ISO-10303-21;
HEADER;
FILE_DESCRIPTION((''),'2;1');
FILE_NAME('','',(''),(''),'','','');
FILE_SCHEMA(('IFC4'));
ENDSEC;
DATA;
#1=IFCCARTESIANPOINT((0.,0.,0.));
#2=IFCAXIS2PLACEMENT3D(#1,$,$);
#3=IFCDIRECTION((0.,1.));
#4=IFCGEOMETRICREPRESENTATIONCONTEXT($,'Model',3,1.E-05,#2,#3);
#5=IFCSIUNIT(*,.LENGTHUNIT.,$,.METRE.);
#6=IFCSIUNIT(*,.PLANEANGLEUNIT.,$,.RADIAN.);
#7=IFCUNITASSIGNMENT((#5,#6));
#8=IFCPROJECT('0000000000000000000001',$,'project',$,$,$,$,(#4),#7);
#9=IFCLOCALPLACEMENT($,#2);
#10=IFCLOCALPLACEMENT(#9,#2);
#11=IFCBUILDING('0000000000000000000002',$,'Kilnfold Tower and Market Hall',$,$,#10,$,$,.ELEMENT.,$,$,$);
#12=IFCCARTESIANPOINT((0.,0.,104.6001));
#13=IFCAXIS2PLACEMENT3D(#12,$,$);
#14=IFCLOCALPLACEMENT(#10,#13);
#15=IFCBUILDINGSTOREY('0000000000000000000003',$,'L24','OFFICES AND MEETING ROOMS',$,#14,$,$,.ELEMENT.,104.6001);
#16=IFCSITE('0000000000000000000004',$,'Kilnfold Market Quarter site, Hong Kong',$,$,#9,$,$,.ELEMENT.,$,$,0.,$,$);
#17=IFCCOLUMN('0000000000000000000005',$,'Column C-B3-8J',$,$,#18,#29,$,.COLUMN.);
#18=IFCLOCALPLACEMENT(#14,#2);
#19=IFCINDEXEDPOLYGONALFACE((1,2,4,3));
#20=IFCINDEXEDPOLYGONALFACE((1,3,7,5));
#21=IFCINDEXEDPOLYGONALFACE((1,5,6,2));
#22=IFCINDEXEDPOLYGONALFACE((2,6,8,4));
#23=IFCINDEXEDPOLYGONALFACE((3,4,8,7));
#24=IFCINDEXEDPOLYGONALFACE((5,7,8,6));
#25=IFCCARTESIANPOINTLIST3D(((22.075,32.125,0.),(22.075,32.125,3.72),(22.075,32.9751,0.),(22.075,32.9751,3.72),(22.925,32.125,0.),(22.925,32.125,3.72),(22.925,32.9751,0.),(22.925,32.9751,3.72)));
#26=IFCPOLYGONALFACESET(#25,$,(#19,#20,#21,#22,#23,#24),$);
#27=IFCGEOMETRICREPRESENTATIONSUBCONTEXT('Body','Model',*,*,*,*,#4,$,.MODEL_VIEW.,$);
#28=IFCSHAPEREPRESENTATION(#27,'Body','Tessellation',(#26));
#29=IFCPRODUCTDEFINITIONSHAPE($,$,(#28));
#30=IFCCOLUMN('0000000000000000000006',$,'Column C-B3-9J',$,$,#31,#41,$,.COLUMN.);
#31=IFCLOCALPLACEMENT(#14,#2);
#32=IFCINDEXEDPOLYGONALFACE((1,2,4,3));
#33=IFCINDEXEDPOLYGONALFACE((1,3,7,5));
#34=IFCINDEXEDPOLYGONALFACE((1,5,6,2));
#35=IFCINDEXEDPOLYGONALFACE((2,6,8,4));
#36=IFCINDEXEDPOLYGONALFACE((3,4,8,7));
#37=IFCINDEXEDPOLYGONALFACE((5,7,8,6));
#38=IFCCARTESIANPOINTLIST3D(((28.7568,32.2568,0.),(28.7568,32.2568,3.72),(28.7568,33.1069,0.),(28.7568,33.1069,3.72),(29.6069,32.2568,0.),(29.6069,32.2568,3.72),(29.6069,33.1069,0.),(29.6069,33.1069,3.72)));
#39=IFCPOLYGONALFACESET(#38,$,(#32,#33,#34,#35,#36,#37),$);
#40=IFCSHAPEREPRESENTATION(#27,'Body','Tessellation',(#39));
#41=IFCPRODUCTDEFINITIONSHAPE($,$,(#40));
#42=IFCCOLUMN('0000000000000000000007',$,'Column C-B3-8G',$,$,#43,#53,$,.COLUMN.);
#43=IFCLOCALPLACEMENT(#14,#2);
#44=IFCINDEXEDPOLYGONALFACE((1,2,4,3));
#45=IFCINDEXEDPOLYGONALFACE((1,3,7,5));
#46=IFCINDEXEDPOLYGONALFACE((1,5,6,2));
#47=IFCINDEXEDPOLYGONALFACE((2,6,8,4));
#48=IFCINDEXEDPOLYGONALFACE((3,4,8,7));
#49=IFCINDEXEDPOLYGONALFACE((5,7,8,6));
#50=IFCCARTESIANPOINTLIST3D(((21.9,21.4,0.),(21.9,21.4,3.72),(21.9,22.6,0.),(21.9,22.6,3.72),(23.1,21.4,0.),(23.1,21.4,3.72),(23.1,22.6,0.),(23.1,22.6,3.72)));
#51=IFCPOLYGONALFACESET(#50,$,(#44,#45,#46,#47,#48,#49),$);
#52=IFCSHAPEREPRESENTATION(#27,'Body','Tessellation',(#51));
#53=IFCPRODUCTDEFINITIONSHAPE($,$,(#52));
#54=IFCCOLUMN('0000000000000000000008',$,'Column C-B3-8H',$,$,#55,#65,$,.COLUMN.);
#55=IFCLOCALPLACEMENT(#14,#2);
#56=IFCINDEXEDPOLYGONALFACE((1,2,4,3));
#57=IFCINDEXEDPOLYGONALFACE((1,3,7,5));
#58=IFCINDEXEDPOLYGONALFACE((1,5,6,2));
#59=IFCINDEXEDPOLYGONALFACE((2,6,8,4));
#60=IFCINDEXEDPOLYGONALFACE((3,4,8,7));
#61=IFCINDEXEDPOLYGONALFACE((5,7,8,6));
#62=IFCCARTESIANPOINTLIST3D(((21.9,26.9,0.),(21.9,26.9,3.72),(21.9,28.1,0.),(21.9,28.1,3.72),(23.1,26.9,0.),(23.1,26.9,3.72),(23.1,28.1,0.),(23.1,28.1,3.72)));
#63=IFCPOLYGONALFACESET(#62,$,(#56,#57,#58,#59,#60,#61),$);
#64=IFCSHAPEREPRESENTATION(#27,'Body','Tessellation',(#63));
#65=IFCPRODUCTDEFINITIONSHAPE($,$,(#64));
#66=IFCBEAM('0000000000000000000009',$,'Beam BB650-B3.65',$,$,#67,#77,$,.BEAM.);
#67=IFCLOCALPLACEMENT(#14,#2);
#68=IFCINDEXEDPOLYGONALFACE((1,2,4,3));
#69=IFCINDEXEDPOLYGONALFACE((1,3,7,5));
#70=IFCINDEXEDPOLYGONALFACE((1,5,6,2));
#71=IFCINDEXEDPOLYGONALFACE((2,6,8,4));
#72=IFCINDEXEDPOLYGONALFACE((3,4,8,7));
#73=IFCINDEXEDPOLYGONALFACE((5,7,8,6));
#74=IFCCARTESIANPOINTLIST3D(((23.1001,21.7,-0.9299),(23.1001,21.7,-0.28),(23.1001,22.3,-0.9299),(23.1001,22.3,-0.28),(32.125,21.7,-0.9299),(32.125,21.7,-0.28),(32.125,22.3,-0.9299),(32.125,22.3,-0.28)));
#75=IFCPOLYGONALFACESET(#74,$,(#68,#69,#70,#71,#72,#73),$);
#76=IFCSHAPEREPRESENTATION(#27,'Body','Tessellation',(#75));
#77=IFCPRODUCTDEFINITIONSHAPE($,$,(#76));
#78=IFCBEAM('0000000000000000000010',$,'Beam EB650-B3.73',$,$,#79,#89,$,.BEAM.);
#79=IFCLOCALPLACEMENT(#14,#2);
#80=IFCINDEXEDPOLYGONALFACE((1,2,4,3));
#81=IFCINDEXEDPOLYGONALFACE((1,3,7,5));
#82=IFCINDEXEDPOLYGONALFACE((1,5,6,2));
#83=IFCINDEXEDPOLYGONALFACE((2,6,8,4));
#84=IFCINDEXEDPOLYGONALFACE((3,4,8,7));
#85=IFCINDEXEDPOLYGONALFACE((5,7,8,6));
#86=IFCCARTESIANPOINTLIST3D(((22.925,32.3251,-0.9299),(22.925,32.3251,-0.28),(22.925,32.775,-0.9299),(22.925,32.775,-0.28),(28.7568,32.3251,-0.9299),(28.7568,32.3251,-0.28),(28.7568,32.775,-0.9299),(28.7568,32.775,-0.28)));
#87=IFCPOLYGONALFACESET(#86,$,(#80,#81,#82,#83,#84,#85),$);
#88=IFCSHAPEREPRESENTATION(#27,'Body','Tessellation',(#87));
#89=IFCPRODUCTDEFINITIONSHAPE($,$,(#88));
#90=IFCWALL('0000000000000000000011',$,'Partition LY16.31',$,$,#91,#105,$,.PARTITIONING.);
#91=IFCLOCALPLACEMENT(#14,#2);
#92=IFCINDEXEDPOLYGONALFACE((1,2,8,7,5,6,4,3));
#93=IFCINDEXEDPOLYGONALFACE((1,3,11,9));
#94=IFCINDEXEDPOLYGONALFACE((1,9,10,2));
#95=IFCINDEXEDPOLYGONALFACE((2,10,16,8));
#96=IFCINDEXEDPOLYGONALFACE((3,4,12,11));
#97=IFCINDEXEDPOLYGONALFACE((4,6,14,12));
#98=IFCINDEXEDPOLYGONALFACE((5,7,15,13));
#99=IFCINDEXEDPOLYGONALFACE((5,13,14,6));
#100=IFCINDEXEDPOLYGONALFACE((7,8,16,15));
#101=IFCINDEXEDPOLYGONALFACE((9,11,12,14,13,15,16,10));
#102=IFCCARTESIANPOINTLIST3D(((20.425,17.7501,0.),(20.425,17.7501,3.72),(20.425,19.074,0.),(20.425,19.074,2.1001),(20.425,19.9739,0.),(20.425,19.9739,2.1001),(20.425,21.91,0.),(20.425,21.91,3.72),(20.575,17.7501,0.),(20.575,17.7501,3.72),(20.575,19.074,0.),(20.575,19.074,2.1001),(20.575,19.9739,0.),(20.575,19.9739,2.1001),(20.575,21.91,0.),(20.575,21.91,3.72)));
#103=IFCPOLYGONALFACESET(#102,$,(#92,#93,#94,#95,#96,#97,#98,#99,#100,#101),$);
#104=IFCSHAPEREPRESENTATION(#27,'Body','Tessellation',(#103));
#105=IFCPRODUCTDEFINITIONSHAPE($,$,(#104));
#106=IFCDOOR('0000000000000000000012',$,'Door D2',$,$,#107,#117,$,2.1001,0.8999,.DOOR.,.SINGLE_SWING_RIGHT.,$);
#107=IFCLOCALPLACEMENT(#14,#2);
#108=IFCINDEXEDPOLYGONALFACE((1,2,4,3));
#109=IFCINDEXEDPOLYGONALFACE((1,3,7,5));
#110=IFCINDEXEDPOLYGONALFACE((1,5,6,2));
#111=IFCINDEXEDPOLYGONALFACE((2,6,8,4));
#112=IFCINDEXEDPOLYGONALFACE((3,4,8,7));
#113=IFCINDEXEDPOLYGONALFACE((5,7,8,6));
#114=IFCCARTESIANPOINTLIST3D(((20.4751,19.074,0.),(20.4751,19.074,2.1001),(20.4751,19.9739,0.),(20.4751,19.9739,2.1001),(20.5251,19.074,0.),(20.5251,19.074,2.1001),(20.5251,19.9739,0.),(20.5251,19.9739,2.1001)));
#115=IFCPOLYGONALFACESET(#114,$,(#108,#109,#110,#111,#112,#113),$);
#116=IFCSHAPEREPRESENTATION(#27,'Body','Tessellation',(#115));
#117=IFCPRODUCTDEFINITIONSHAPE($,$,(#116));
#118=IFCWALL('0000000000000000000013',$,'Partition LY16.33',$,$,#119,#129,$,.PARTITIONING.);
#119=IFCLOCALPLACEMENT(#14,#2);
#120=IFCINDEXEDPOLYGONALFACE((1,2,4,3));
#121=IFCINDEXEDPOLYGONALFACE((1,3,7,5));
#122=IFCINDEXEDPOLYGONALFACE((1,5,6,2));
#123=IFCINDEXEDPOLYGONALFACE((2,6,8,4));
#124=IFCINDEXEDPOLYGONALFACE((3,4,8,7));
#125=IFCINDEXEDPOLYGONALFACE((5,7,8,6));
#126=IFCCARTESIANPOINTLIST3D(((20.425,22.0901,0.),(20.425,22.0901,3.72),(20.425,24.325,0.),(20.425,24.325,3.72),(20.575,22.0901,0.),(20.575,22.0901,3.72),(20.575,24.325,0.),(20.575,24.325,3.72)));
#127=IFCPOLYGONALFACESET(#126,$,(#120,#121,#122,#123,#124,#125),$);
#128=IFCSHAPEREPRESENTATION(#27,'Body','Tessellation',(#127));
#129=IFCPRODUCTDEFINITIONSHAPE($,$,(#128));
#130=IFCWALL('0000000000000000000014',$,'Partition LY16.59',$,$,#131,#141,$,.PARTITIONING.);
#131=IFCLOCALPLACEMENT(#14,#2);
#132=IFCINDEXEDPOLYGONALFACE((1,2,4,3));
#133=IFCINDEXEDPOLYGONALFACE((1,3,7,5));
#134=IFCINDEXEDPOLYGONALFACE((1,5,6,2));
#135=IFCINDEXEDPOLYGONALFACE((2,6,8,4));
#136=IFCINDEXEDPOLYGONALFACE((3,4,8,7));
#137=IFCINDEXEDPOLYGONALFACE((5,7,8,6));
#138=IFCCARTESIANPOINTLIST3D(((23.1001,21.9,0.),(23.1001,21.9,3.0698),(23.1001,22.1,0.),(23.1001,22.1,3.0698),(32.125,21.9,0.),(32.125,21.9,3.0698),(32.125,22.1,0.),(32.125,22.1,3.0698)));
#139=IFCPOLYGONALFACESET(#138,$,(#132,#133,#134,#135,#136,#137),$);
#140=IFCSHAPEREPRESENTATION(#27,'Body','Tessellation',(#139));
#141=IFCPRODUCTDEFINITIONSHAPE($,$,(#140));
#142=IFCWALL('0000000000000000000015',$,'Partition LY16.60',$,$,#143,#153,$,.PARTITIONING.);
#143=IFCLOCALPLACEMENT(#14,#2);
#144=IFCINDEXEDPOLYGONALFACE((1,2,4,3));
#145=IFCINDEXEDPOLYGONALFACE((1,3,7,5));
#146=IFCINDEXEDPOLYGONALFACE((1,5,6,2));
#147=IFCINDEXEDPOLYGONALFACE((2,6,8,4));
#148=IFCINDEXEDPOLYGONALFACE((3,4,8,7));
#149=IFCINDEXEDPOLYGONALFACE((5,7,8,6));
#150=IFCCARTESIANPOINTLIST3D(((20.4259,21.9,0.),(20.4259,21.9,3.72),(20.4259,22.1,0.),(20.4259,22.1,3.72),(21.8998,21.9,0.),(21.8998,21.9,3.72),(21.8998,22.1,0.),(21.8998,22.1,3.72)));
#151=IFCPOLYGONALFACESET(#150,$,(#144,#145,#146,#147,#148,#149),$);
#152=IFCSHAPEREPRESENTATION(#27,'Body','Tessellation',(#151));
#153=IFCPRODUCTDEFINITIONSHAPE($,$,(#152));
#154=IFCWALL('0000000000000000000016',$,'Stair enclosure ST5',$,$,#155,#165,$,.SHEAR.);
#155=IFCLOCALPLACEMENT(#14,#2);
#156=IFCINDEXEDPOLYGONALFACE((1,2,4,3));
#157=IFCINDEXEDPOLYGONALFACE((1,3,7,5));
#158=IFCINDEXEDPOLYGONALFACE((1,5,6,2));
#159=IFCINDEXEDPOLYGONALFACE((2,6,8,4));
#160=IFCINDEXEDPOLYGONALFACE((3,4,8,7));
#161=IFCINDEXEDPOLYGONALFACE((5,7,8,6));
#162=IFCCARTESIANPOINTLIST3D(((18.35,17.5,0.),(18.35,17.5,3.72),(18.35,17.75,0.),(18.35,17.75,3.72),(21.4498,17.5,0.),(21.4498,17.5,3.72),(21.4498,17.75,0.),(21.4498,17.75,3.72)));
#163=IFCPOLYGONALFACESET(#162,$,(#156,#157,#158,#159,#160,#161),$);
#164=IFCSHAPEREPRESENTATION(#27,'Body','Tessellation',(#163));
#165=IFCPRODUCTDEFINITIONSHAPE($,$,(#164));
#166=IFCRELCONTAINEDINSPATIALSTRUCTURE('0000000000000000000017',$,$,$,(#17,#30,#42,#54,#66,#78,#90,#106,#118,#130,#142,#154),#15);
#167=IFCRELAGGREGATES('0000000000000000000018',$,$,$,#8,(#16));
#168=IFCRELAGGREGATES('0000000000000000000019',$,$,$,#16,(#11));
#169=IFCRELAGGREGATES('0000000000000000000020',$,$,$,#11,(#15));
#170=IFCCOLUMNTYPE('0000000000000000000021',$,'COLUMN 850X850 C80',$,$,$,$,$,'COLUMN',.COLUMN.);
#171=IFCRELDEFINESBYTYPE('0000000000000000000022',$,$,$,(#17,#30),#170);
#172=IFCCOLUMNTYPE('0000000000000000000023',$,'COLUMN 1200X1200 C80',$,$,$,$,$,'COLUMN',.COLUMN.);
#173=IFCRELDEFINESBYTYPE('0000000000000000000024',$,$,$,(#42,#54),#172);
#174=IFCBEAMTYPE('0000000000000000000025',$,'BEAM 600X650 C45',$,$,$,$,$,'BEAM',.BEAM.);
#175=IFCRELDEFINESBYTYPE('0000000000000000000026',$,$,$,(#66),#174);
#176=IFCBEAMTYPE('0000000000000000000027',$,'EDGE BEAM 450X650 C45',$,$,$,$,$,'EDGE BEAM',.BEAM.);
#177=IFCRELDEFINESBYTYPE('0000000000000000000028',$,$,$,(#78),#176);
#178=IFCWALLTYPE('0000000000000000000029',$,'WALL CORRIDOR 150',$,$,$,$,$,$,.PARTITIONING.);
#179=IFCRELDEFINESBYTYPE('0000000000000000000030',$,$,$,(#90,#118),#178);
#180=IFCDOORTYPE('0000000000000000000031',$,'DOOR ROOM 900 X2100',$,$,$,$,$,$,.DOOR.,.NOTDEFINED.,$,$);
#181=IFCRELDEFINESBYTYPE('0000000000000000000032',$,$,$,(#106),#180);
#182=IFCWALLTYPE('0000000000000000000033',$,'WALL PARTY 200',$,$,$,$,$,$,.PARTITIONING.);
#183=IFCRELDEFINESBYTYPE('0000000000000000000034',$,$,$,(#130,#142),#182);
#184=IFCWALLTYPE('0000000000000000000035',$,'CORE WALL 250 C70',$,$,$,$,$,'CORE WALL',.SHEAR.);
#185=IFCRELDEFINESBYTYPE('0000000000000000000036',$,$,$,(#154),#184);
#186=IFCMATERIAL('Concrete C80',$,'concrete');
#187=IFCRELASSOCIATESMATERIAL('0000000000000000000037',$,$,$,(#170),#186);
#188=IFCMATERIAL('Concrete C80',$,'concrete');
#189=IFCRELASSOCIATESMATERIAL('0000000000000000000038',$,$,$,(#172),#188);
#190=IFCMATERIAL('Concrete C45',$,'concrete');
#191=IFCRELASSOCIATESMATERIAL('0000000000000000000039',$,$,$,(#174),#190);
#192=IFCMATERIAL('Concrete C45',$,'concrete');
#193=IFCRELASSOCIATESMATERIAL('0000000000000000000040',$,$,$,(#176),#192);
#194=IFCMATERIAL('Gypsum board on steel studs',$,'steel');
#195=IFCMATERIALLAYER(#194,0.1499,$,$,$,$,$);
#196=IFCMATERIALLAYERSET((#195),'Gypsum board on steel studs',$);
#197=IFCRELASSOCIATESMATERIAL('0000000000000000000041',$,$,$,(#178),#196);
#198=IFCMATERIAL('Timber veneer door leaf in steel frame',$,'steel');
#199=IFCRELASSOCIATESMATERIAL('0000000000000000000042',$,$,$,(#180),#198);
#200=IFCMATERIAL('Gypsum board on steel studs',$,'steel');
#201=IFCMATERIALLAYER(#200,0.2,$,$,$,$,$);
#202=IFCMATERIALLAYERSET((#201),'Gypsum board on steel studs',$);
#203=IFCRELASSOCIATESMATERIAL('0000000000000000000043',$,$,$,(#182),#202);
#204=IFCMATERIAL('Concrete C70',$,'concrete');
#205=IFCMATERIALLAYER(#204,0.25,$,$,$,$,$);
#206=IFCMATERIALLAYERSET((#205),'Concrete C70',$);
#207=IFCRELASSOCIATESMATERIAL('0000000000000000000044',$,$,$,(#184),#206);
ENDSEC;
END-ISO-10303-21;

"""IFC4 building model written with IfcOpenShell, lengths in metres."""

from ifc_helpers import new_model, si_unit, direction, frame, frame_2d, origin, origin_2d, place, context, subcontext, project, spatial, rectangle, extrude, source, transform, mapped, material, layer, layer_set, material_profile, profile_set, type_object, element, fill, save


model = new_model("IFC4")

# Units and contexts
model_context = context("Model", 3, precision=1e-05, world=origin(), true_north=direction((0.0, 1.0)))
body_context = subcontext(model_context, "Body", "Model", "MODEL_VIEW")
ifc_project = project(units=[si_unit("LENGTHUNIT", "METRE"), si_unit("PLANEANGLEUNIT", "RADIAN")], contexts=[model_context])

# Site, building, storey
site_placement = place(None, origin())
site = spatial("IfcSite", under=ifc_project, at=site_placement, Name="Kilnfold Market Quarter site, Hong Kong", CompositionType="ELEMENT", RefElevation=0.0)
building_placement = place(site_placement, origin())
building = spatial("IfcBuilding", under=site, at=building_placement, Name="Kilnfold Tower and Market Hall", CompositionType="ELEMENT")
storey_placement = place(building_placement, frame((0.0, 0.0, 104.6001)))
storey = spatial("IfcBuildingStorey", under=building, at=storey_placement, Name="L24", Description="OFFICES AND MEETING ROOMS", CompositionType="ELEMENT", Elevation=104.6001)

# Columns
ifc_material_1 = material(Name="Concrete C80", Category="concrete")
ifc_material_profile_1 = material_profile(ifc_material_1, rectangle(XDim=0.8501, YDim=0.8501, at=origin_2d()), Name="RC 850x850")
ifc_profile_set_1 = profile_set([ifc_material_profile_1], Name="Concrete C80")
column_type_1 = type_object("IfcColumnType", Name="COLUMN 850X850 C80", ElementType="COLUMN", PredefinedType="COLUMN", material=ifc_profile_set_1)
shared_shape_1 = source(origin(), body_context, "Body", "SweptSolid", [
    extrude(rectangle(XDim=0.8501, YDim=0.8501, at=origin_2d()), origin(), (0.0, 0.0, 1.0), 3.72),
])
for number, where, z_axis, x_axis, name in (
    (1, (22.5, 32.55, 0.0), (0.0, 0.0, 1.0), (1.0, 0.0, 0.0), "Column C-B3-8J"),
    (2, (29.1819, 32.6819, 0.0), (0.0, 0.0, 1.0), (1.0, 0.0, 0.0), "Column C-B3-9J"),
):
    element("IfcColumn", number, at=place(storey_placement, frame(where, z_axis=z_axis, x_axis=x_axis)), inside=storey, type_object=column_type_1, Name=name, PredefinedType="COLUMN", context=body_context, shape_type="MappedRepresentation", body=[
        mapped(shared_shape_1, transform((0.0, 0.0, 0.0))),
    ])
ifc_material_2 = material(Name="Concrete C80", Category="concrete")
ifc_material_profile_2 = material_profile(ifc_material_2, rectangle(XDim=1.2, YDim=1.2, at=origin_2d()), Name="RC 1200x1200")
ifc_profile_set_2 = profile_set([ifc_material_profile_2], Name="Concrete C80")
column_type_2 = type_object("IfcColumnType", Name="COLUMN 1200X1200 C80", ElementType="COLUMN", PredefinedType="COLUMN", material=ifc_profile_set_2)
shared_shape_2 = source(origin(), body_context, "Body", "SweptSolid", [
    extrude(rectangle(XDim=1.2, YDim=1.2, at=origin_2d()), origin(), (0.0, 0.0, 1.0), 3.72),
])
for number, where, z_axis, x_axis, name in (
    (3, (22.5, 22.0, 0.0), (0.0, 0.0, 1.0), (1.0, 0.0, 0.0), "Column C-B3-8G"),
    (4, (22.5, 27.5, 0.0), (0.0, 0.0, 1.0), (1.0, 0.0, 0.0), "Column C-B3-8H"),
):
    element("IfcColumn", number, at=place(storey_placement, frame(where, z_axis=z_axis, x_axis=x_axis)), inside=storey, type_object=column_type_2, Name=name, PredefinedType="COLUMN", context=body_context, shape_type="MappedRepresentation", body=[
        mapped(shared_shape_2, transform((0.0, 0.0, 0.0))),
    ])

# Beams
ifc_material_3 = material(Name="Concrete C45", Category="concrete")
ifc_material_profile_3 = material_profile(ifc_material_3, rectangle(XDim=0.6001, YDim=0.6499, at=origin_2d()), Name="RC 600x650")
ifc_profile_set_3 = profile_set([ifc_material_profile_3], Name="Concrete C45")
beam_type_1 = type_object("IfcBeamType", Name="BEAM 600X650 C45", ElementType="BEAM", PredefinedType="BEAM", material=ifc_profile_set_3)
shared_shape_3 = source(origin(), body_context, "Body", "SweptSolid", [
    extrude(rectangle(XDim=0.6001, YDim=0.6499, at=origin_2d()), origin(), (0.0, 0.0, 1.0), 9.0249),
])
beam_1_placement = place(storey_placement, frame((23.1001, 22.0, -0.605), z_axis=(1.0, 0.0, 0.0), x_axis=(0.0, 1.0, 0.0)))
element("IfcBeam", 5, at=beam_1_placement, inside=storey, type_object=beam_type_1, Name="Beam BB650-B3.65", PredefinedType="BEAM", context=body_context, shape_type="MappedRepresentation", body=[
    mapped(shared_shape_3, transform((0.0, 0.0, 0.0))),
])
ifc_material_4 = material(Name="Concrete C45", Category="concrete")
ifc_material_profile_4 = material_profile(ifc_material_4, rectangle(XDim=0.45, YDim=0.6499, at=origin_2d()), Name="RC 450x650")
ifc_profile_set_4 = profile_set([ifc_material_profile_4], Name="Concrete C45")
beam_type_2 = type_object("IfcBeamType", Name="EDGE BEAM 450X650 C45", ElementType="EDGE BEAM", PredefinedType="BEAM", material=ifc_profile_set_4)
shared_shape_4 = source(origin(), body_context, "Body", "SweptSolid", [
    extrude(rectangle(XDim=0.45, YDim=0.6499, at=origin_2d()), origin(), (0.0, 0.0, 1.0), 5.8318),
])
beam_2_placement = place(storey_placement, frame((22.925, 32.55, -0.605), z_axis=(1.0, 0.0, 0.0), x_axis=(0.0, 1.0, 0.0)))
element("IfcBeam", 6, at=beam_2_placement, inside=storey, type_object=beam_type_2, Name="Beam EB650-B3.73", PredefinedType="BEAM", context=body_context, shape_type="MappedRepresentation", body=[
    mapped(shared_shape_4, transform((0.0, 0.0, 0.0))),
])

# Wall, opening, door
ifc_material_5 = material(Name="Gypsum board on steel studs", Category="steel")
ifc_layer_1 = layer(ifc_material_5, 0.1499)
ifc_layer_set_1 = layer_set([ifc_layer_1], Name="Gypsum board on steel studs")
wall_type_1 = type_object("IfcWallType", Name="WALL CORRIDOR 150", PredefinedType="PARTITIONING", material=ifc_layer_set_1)
wall_1_placement = place(storey_placement, frame((20.5, 17.75, 0.0), z_axis=(0.0, 0.0, 1.0), x_axis=(0.0, 1.0, 0.0)))
wall_1 = element("IfcWall", 7, at=wall_1_placement, inside=storey, type_object=wall_type_1, Name="Partition LY16.31", PredefinedType="PARTITIONING", context=body_context, shape_type="SweptSolid", body=[
    extrude(rectangle(XDim=4.1599, YDim=0.1499, at=frame_2d((2.0801, 0.0))), origin(), (0.0, 0.0, 1.0), 3.72),
])
opening_1_placement = place(wall_1_placement, frame((1.324, 0.0, 0.0)))
opening_1 = element("IfcOpeningElement", 8, at=opening_1_placement, cuts=wall_1, PredefinedType="OPENING", context=body_context, shape_type="SweptSolid", body=[
    extrude(rectangle(XDim=0.8999, YDim=2.1001, at=frame_2d((0.45, 1.05))), frame((0.0, 0.085, 0.0), z_axis=(0.0, -1.0, 0.0), x_axis=(1.0, 0.0, 0.0)), (0.0, 0.0, 1.0), 0.1699),
])
ifc_material_6 = material(Name="Timber veneer door leaf in steel frame", Category="steel")
door_type = type_object("IfcDoorType", Name="DOOR ROOM 900 X2100", OperationType="NOTDEFINED", PredefinedType="DOOR", material=ifc_material_6)
door_placement = place(opening_1_placement, origin())
door = element("IfcDoor", 9, at=door_placement, inside=storey, type_object=door_type, Name="Door D2", OperationType="SINGLE_SWING_RIGHT", OverallHeight=2.1001, OverallWidth=0.8999, PredefinedType="DOOR", context=body_context, shape_type="SweptSolid", body=[
    extrude(rectangle(XDim=0.8999, YDim=2.1001, at=frame_2d((0.45, 1.05))), frame((0.0, 0.0249, 0.0), z_axis=(0.0, -1.0, 0.0), x_axis=(1.0, 0.0, 0.0)), (0.0, 0.0, 1.0), 0.05),
])
fill(opening_1, door)

# Walls
wall_2_placement = place(storey_placement, frame((20.5, 22.0901, 0.0), z_axis=(0.0, 0.0, 1.0), x_axis=(0.0, 1.0, 0.0)))
element("IfcWall", 10, at=wall_2_placement, inside=storey, type_object=wall_type_1, Name="Partition LY16.33", PredefinedType="PARTITIONING", context=body_context, shape_type="SweptSolid", body=[
    extrude(rectangle(XDim=2.2349, YDim=0.1499, at=frame_2d((1.1174, 0.0))), origin(), (0.0, 0.0, 1.0), 3.72),
])
ifc_material_7 = material(Name="Gypsum board on steel studs", Category="steel")
ifc_layer_2 = layer(ifc_material_7, 0.2)
ifc_layer_set_2 = layer_set([ifc_layer_2], Name="Gypsum board on steel studs")
wall_type_2 = type_object("IfcWallType", Name="WALL PARTY 200", PredefinedType="PARTITIONING", material=ifc_layer_set_2)
wall_3_placement = place(storey_placement, frame((23.1001, 22.0, 0.0), z_axis=(0.0, 0.0, 1.0), x_axis=(1.0, 0.0, 0.0)))
element("IfcWall", 11, at=wall_3_placement, inside=storey, type_object=wall_type_2, Name="Partition LY16.59", PredefinedType="PARTITIONING", context=body_context, shape_type="SweptSolid", body=[
    extrude(rectangle(XDim=9.0249, YDim=0.2, at=frame_2d((4.5125, 0.0))), origin(), (0.0, 0.0, 1.0), 3.0698),
])
wall_4_placement = place(storey_placement, frame((20.426, 22.0, 0.0), z_axis=(0.0, 0.0, 1.0), x_axis=(1.0, 0.0, 0.0)))
element("IfcWall", 12, at=wall_4_placement, inside=storey, type_object=wall_type_2, Name="Partition LY16.60", PredefinedType="PARTITIONING", context=body_context, shape_type="SweptSolid", body=[
    extrude(rectangle(XDim=1.4739, YDim=0.2, at=frame_2d((0.7368, 0.0))), origin(), (0.0, 0.0, 1.0), 3.72),
])
ifc_material_8 = material(Name="Concrete C70", Category="concrete")
ifc_layer_3 = layer(ifc_material_8, 0.25)
ifc_layer_set_3 = layer_set([ifc_layer_3], Name="Concrete C70")
wall_type_3 = type_object("IfcWallType", Name="CORE WALL 250 C70", ElementType="CORE WALL", PredefinedType="SHEAR", material=ifc_layer_set_3)
shared_shape_5 = source(origin(), body_context, "Body", "SweptSolid", [
    extrude(rectangle(XDim=3.0999, YDim=0.25, at=frame_2d((1.5498, 0.0))), origin(), (0.0, 0.0, 1.0), 3.72),
])
wall_5_placement = place(storey_placement, frame((18.3501, 17.625, 0.0), z_axis=(0.0, 0.0, 1.0), x_axis=(1.0, 0.0, 0.0)))
element("IfcWall", 13, at=wall_5_placement, inside=storey, type_object=wall_type_3, Name="Stair enclosure ST5", PredefinedType="SHEAR", context=body_context, shape_type="MappedRepresentation", body=[
    mapped(shared_shape_5, transform((0.0, 0.0, 0.0))),
])

save(model, "model.ifc")
